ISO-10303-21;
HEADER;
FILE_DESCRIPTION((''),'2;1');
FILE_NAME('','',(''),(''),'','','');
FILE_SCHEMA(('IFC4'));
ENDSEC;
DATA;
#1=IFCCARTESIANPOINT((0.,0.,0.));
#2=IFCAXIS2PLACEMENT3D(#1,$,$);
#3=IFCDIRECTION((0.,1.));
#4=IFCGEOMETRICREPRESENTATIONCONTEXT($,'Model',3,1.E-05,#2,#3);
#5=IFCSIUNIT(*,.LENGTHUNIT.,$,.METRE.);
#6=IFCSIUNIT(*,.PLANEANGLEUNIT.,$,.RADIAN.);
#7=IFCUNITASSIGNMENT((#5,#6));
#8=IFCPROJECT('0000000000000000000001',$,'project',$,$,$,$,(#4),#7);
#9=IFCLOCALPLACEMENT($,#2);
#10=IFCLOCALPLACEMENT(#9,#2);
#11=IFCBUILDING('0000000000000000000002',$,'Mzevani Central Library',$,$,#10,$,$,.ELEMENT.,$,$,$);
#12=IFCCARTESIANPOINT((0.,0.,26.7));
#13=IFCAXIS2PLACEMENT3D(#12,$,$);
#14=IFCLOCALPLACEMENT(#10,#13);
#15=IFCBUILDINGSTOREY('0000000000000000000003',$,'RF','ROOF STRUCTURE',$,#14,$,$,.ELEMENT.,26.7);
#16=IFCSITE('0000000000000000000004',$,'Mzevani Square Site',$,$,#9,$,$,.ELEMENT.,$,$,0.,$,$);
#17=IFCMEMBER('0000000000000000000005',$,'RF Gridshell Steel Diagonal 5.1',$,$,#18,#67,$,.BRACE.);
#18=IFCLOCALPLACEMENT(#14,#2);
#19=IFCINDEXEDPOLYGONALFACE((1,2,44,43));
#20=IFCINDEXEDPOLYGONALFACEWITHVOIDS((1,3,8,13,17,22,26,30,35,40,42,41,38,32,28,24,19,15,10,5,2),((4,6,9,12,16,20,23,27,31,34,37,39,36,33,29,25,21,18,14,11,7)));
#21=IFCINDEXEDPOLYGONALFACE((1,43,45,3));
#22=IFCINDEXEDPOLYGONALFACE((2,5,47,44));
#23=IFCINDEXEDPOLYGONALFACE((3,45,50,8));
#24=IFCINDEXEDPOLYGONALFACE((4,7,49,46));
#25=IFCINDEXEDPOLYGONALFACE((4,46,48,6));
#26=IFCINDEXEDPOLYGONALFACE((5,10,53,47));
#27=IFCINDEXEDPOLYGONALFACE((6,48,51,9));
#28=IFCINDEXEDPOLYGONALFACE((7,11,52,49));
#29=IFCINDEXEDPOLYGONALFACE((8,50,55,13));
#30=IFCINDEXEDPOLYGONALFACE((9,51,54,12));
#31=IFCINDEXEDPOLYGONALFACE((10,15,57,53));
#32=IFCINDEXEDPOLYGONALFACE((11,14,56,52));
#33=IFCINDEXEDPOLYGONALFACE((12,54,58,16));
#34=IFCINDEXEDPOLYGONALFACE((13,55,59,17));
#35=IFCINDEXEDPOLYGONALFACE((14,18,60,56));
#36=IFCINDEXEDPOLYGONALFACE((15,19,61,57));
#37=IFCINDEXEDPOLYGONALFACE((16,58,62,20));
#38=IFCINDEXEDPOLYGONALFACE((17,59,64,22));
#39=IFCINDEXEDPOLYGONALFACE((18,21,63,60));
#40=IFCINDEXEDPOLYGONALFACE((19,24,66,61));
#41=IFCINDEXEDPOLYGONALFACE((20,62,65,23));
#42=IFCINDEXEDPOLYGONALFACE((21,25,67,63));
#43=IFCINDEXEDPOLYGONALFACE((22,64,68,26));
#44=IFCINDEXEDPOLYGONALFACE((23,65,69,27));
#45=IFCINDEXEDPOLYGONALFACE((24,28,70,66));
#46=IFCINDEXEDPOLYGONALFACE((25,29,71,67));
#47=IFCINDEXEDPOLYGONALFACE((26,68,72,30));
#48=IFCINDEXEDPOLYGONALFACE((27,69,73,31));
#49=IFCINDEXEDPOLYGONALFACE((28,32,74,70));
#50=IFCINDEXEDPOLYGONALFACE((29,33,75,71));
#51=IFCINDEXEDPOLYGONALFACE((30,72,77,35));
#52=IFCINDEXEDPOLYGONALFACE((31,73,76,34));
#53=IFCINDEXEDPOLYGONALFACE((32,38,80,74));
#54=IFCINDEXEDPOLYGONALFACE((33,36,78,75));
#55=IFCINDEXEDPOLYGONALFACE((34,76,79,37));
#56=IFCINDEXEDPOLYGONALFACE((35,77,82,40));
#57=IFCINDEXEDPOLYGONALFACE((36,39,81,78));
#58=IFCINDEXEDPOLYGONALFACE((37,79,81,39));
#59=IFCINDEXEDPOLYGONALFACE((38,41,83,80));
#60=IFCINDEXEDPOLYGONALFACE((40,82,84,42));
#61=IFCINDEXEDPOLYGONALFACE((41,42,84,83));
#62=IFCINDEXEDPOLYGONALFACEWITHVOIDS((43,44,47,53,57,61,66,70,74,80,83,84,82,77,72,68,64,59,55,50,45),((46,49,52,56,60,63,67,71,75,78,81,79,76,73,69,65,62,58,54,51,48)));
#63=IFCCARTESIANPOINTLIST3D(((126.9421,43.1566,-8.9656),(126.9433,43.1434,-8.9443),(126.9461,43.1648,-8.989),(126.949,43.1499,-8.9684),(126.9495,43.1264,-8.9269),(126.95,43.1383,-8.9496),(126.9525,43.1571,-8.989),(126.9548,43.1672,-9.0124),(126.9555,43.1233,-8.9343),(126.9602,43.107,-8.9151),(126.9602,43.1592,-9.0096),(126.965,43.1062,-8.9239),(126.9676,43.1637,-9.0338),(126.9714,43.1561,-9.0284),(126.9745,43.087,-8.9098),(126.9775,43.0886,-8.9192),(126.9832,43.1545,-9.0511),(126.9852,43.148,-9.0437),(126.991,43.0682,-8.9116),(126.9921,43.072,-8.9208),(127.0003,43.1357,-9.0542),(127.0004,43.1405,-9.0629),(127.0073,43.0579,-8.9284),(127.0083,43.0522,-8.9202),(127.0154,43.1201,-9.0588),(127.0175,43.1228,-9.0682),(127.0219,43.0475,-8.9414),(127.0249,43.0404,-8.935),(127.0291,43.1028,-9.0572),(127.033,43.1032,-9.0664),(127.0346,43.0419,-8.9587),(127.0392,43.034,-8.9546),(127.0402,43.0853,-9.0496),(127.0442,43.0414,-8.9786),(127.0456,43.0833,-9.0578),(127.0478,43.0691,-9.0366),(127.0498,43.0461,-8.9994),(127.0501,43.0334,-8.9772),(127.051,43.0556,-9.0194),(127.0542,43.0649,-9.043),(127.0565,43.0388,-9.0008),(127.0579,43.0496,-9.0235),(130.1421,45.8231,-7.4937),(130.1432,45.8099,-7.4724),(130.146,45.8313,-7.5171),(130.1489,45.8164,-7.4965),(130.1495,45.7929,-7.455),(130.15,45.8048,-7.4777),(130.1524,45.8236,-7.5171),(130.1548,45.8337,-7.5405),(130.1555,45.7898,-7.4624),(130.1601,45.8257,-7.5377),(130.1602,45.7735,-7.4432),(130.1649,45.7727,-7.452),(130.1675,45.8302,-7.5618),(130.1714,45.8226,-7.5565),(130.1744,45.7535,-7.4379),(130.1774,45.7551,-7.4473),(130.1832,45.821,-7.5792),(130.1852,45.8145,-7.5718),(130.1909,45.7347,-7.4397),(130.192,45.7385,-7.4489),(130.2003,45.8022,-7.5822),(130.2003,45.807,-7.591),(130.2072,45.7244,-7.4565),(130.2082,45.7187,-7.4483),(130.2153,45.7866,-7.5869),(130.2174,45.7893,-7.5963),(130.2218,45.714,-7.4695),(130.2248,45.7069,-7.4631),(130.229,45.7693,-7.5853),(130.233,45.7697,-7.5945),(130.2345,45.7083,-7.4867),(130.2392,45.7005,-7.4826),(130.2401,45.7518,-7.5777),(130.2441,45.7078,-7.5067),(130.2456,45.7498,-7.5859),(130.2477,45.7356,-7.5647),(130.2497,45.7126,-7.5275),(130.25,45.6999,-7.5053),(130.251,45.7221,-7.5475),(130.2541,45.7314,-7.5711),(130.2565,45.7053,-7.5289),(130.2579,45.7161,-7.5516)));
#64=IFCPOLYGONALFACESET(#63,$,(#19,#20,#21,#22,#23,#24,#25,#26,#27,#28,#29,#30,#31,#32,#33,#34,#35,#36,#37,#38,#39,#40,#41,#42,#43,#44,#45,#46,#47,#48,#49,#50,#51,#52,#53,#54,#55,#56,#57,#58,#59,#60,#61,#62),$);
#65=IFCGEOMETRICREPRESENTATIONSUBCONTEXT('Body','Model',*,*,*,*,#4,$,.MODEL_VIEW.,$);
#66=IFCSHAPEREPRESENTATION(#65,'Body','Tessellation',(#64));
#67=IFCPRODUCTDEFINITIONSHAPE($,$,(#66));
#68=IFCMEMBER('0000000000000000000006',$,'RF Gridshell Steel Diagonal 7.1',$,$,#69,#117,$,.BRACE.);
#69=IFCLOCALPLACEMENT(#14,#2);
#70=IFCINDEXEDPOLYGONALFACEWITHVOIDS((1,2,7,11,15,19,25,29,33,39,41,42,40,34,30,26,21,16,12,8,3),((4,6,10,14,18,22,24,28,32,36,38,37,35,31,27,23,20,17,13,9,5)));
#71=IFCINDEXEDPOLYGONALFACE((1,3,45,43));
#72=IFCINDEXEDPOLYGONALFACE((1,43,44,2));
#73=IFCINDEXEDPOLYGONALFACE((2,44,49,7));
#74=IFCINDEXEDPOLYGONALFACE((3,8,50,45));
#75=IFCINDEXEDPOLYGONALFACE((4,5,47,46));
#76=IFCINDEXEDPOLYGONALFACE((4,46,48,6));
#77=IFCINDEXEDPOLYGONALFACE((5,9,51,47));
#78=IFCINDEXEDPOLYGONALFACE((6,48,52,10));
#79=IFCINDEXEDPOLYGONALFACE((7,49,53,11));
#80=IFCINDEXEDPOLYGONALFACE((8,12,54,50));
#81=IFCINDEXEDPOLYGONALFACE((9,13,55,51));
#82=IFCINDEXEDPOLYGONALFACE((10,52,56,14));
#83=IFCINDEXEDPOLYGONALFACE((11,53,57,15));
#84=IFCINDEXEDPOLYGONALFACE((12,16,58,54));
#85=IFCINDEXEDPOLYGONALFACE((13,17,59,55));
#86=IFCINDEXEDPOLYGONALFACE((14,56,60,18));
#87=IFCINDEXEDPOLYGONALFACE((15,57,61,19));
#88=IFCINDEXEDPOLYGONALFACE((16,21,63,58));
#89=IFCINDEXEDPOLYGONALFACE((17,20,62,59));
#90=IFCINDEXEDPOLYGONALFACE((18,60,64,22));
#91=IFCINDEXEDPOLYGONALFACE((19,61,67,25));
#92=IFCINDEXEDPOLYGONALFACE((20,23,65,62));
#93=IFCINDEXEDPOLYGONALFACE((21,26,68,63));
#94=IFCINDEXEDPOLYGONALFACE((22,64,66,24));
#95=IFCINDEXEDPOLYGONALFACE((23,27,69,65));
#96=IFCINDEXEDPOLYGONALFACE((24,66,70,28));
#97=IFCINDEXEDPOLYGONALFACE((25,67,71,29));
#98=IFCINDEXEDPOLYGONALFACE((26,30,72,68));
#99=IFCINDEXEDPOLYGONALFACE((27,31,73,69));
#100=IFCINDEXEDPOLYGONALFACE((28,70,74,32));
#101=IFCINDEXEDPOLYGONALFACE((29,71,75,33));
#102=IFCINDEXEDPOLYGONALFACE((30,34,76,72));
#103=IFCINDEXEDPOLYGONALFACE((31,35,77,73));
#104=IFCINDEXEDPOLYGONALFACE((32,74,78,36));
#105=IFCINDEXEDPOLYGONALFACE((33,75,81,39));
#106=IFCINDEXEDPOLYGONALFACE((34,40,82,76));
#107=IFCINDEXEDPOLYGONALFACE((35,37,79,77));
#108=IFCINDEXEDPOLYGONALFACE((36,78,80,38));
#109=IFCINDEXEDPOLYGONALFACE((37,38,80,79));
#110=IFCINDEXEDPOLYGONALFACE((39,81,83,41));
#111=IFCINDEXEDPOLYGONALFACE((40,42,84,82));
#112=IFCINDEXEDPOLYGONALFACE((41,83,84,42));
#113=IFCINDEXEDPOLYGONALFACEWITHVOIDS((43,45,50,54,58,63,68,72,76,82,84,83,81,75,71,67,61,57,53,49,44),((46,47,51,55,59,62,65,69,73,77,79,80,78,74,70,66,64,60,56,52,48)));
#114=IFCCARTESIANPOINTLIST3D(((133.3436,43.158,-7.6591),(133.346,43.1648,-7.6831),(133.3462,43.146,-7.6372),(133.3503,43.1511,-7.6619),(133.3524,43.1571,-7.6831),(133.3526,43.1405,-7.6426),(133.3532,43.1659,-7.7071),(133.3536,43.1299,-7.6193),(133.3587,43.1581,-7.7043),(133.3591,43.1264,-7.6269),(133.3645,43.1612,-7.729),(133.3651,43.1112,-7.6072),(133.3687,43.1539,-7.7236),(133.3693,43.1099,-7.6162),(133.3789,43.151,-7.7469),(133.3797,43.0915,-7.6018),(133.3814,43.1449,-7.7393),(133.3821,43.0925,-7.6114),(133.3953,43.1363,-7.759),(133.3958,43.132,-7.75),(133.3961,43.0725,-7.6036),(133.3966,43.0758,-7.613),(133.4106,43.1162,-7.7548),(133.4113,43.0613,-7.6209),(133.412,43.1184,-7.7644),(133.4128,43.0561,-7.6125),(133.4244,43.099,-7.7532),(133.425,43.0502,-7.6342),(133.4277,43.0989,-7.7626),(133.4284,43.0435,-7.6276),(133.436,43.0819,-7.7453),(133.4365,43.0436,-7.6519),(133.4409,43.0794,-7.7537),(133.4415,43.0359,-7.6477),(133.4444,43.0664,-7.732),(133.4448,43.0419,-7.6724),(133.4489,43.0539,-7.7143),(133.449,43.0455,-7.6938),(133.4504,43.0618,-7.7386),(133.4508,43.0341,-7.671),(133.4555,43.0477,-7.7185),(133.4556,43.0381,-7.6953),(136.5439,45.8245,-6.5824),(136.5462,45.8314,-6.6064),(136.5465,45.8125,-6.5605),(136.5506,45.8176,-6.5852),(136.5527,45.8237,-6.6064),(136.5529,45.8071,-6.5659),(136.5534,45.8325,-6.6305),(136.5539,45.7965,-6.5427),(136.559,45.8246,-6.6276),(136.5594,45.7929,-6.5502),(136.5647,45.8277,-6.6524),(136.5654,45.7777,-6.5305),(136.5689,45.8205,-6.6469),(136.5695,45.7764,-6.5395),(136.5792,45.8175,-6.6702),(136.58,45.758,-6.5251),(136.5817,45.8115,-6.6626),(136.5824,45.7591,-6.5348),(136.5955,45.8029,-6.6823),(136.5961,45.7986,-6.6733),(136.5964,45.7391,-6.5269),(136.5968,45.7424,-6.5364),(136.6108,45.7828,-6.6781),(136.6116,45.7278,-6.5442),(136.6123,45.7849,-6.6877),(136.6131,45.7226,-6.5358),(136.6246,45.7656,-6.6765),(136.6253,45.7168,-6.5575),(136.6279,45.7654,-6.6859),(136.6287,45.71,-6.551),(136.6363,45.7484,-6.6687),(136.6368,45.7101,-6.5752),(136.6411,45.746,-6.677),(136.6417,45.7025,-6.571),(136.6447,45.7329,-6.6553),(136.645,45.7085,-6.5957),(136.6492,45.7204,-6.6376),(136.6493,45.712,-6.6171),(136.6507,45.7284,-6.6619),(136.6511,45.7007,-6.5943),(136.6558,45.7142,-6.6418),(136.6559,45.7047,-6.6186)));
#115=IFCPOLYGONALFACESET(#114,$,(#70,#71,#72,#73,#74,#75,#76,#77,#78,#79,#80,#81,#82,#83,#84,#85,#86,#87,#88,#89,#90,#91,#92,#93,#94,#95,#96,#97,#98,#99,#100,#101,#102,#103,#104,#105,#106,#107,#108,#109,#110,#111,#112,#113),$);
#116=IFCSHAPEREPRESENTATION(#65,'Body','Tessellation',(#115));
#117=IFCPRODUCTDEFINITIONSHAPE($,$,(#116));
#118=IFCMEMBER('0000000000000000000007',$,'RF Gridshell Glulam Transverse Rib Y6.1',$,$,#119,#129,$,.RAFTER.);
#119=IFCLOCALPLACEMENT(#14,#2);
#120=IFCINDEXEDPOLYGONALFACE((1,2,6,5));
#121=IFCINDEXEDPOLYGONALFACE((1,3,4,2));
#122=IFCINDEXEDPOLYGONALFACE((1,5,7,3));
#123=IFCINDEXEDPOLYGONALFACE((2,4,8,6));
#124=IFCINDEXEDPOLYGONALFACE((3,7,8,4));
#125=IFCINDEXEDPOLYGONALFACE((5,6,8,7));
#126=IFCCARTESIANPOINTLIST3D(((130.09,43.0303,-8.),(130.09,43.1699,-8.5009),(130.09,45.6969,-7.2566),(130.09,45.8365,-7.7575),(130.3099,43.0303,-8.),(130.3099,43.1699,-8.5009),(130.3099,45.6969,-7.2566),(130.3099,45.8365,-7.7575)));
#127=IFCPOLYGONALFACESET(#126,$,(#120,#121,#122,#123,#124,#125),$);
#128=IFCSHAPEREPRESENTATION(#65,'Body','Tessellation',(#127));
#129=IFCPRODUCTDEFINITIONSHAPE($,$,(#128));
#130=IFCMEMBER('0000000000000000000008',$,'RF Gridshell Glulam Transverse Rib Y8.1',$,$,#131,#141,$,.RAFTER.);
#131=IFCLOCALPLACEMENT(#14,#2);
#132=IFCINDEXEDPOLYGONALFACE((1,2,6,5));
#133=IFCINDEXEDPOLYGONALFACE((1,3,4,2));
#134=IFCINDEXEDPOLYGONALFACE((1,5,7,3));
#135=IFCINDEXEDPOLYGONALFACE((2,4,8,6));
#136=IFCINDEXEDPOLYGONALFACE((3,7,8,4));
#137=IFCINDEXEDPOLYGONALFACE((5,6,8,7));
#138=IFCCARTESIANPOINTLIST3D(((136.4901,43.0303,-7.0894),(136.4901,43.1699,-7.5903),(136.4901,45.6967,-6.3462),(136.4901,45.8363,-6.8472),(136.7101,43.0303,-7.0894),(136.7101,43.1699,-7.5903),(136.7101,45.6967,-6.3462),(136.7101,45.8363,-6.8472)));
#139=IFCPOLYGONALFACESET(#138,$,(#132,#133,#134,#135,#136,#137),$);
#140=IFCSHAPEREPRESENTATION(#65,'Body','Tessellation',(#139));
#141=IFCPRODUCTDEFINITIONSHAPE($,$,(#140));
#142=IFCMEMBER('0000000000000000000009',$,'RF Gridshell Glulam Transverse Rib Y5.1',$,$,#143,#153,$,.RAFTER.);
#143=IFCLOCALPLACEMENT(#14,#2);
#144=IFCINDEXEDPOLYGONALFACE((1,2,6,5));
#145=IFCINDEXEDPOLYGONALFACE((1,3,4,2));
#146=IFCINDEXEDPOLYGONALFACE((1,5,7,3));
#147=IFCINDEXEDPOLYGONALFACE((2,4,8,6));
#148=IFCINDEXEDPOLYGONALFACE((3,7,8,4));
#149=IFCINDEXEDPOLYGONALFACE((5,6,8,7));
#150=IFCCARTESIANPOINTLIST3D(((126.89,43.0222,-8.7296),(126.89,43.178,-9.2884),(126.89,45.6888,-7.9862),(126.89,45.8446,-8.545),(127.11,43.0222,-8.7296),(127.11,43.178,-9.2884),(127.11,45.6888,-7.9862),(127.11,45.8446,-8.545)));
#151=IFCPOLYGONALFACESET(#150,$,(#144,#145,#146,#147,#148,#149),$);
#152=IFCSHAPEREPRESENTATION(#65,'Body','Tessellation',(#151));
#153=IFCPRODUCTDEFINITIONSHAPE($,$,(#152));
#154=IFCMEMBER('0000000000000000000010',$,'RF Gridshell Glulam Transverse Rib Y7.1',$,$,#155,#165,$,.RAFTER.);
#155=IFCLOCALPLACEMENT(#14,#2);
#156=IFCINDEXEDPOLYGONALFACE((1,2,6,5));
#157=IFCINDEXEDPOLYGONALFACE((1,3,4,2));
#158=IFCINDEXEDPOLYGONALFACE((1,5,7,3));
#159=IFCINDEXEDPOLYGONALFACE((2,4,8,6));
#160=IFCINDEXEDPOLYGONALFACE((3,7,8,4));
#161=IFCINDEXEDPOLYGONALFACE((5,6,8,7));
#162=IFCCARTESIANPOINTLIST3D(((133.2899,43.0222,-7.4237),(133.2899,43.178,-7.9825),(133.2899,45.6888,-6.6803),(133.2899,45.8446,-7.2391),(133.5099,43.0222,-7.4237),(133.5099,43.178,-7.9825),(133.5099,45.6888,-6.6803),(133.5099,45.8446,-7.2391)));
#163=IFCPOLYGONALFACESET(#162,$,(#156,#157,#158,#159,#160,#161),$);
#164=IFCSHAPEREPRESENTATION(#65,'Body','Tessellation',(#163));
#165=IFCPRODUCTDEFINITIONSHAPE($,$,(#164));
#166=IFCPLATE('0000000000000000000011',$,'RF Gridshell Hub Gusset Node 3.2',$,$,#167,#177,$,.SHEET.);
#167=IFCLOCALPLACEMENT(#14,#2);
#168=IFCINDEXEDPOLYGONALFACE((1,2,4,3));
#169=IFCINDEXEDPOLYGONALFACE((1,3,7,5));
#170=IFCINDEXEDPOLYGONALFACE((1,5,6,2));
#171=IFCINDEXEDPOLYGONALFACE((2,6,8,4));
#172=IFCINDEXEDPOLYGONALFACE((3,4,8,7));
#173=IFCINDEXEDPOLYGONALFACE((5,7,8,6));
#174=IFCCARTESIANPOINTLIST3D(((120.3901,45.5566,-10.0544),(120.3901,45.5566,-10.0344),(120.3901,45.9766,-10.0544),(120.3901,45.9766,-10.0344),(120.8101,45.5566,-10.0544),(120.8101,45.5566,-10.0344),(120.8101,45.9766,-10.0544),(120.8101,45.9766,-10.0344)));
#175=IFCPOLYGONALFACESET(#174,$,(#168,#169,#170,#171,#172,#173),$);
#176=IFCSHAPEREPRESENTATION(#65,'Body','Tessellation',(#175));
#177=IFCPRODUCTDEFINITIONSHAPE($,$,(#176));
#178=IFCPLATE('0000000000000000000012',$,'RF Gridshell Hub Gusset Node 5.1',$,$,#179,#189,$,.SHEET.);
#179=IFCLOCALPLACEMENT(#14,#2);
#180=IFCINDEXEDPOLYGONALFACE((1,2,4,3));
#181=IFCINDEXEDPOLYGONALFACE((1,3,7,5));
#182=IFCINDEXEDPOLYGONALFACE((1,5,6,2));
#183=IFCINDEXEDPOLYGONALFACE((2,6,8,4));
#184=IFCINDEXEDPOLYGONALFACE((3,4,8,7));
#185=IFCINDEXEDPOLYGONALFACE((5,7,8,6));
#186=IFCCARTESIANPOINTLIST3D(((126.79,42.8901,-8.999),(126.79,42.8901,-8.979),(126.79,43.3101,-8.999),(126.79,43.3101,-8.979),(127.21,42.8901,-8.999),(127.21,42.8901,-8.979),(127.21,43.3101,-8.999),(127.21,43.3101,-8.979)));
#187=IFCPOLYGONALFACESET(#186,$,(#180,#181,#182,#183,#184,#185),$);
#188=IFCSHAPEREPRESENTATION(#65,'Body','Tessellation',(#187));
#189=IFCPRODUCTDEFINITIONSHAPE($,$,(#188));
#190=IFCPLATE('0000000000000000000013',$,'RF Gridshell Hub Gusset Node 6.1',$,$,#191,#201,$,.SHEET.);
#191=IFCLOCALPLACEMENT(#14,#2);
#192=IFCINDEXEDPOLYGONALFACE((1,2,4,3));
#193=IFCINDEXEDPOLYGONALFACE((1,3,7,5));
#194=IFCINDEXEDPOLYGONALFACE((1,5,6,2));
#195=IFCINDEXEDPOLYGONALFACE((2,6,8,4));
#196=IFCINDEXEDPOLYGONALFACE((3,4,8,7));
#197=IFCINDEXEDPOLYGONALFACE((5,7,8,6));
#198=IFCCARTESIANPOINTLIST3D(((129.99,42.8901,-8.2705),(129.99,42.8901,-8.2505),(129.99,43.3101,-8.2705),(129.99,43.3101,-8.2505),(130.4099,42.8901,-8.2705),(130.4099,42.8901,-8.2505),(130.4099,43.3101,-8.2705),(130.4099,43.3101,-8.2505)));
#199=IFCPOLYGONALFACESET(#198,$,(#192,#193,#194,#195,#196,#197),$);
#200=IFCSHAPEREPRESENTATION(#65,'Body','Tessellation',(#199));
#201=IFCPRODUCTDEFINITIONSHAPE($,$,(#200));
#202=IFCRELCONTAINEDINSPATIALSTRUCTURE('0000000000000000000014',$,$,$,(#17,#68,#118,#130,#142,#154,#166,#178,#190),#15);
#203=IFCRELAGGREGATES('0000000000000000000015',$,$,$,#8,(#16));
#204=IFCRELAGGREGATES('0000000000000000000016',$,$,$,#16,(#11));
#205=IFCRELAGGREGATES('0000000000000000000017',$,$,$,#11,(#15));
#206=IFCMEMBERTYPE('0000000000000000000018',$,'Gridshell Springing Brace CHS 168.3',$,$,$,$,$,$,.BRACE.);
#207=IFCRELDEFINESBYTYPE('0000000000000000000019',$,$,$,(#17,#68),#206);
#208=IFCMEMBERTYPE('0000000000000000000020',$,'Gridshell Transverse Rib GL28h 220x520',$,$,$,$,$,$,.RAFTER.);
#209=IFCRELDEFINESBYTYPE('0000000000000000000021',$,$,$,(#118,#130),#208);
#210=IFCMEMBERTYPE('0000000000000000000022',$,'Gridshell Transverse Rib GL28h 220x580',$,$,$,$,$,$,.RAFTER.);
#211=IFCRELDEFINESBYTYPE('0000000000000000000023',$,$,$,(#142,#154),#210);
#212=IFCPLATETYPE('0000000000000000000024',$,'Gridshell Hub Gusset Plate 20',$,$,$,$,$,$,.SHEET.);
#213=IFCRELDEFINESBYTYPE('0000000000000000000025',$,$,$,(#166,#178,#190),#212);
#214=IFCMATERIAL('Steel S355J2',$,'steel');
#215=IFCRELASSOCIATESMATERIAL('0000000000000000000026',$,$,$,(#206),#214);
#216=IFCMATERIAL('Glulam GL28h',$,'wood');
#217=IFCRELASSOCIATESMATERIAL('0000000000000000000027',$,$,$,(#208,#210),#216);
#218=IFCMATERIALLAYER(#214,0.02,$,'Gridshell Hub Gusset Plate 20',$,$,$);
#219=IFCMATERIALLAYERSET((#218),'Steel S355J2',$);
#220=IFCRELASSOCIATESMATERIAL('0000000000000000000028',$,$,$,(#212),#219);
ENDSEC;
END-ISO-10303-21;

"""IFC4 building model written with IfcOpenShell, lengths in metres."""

from ifc_helpers import new_model, si_unit, direction, frame, origin, origin_2d, place, context, subcontext, project, spatial, rectangle, hollow_circle, extrude, material, layer, layer_set, material_profile, profile_set, type_object, element, save


model = new_model("IFC4")

# Units and contexts
model_context = context("Model", 3, precision=1e-05, world=origin(), true_north=direction((0.0, 1.0)))
body_context = subcontext(model_context, "Body", "Model", "MODEL_VIEW")
ifc_project = project(units=[si_unit("LENGTHUNIT", "METRE"), si_unit("PLANEANGLEUNIT", "RADIAN")], contexts=[model_context])

# Site, building, storey
site_placement = place(None, origin())
site = spatial("IfcSite", under=ifc_project, at=site_placement, Name="Mzevani Square Site", CompositionType="ELEMENT", RefElevation=0.0)
building_placement = place(site_placement, origin())
building = spatial("IfcBuilding", under=site, at=building_placement, Name="Mzevani Central Library", CompositionType="ELEMENT")
storey_placement = place(building_placement, frame((0.0, 0.0, 26.7)))
storey = spatial("IfcBuildingStorey", under=building, at=storey_placement, Name="RF", Description="ROOF STRUCTURE", CompositionType="ELEMENT", Elevation=26.7)

# Shared definitions
ifc_material_1 = material(Name="Steel S355J2", Category="steel")
ifc_material_2 = material(Name="Glulam GL28h", Category="wood")

# Members
ifc_material_profile_1 = material_profile(ifc_material_1, hollow_circle(Radius=0.0842, WallThickness=0.01, at=origin_2d()), Name="CHS 168.3x10.0")
ifc_profile_set_1 = profile_set([ifc_material_profile_1], Name="Steel S355J2")
member_type_1 = type_object("IfcMemberType", Name="Gridshell Springing Brace CHS 168.3", PredefinedType="BRACE", material=ifc_profile_set_1)
member_1_placement = place(storey_placement, frame((127.0, 43.1001, -8.989), z_axis=(0.72434, 0.603589, 0.333184), x_axis=(-0.640167, 0.768236, 0.0)))
element("IfcMember", 1, at=member_1_placement, inside=storey, type_object=member_type_1, Name="RF Gridshell Steel Diagonal 5.1", PredefinedType="BRACE", context=body_context, shape_type="SweptSolid", body=[
    extrude(hollow_circle(Radius=0.0842, WallThickness=0.01, at=origin_2d()), origin(), (0.0, 0.0, 1.0), 4.4177),
])
member_2_placement = place(storey_placement, frame((133.3999, 43.1001, -7.6831), z_axis=(0.743815, 0.619771, 0.250246), x_axis=(-0.640138, 0.76826, 0.0)))
element("IfcMember", 2, at=member_2_placement, inside=storey, type_object=member_type_1, Name="RF Gridshell Steel Diagonal 7.1", PredefinedType="BRACE", context=body_context, shape_type="SweptSolid", body=[
    extrude(hollow_circle(Radius=0.0842, WallThickness=0.01, at=origin_2d()), origin(), (0.0, 0.0, 1.0), 4.3025),
])
ifc_material_profile_2 = material_profile(ifc_material_2, rectangle(XDim=0.22, YDim=0.52, at=origin_2d()), Name="GL28h 220x520")
ifc_profile_set_2 = profile_set([ifc_material_profile_2], Name="Glulam GL28h")
member_type_2 = type_object("IfcMemberType", Name="Gridshell Transverse Rib GL28h 220x520", PredefinedType="RAFTER", material=ifc_profile_set_2)
member_3_placement = place(storey_placement, frame((130.2, 43.1001, -8.2505), z_axis=(0.0, 0.963265, 0.268553), x_axis=(-1.0, 0.0, 0.0)))
element("IfcMember", 3, at=member_3_placement, inside=storey, type_object=member_type_2, Name="RF Gridshell Glulam Transverse Rib Y6.1", PredefinedType="RAFTER", context=body_context, shape_type="SweptSolid", body=[
    extrude(rectangle(XDim=0.22, YDim=0.52, at=origin_2d()), origin(), (0.0, 0.0, 1.0), 2.7683),
])
member_4_placement = place(storey_placement, frame((136.6001, 43.1001, -7.3398), z_axis=(0.0, 0.963288, 0.268472), x_axis=(-1.0, 0.0, 0.0)))
element("IfcMember", 4, at=member_4_placement, inside=storey, type_object=member_type_2, Name="RF Gridshell Glulam Transverse Rib Y8.1", PredefinedType="RAFTER", context=body_context, shape_type="SweptSolid", body=[
    extrude(rectangle(XDim=0.22, YDim=0.52, at=origin_2d()), origin(), (0.0, 0.0, 1.0), 2.7681),
])
ifc_material_profile_3 = material_profile(ifc_material_2, rectangle(XDim=0.22, YDim=0.5801, at=origin_2d()), Name="GL28h 220x580")
ifc_profile_set_3 = profile_set([ifc_material_profile_3], Name="Glulam GL28h")
member_type_3 = type_object("IfcMemberType", Name="Gridshell Transverse Rib GL28h 220x580", PredefinedType="RAFTER", material=ifc_profile_set_3)
for number, where, z_axis, x_axis, name in (
    (5, (127.0, 43.1001, -9.009), (0.0, 0.963265, 0.268553), (-1.0, 0.0, 0.0), "RF Gridshell Glulam Transverse Rib Y5.1"),
    (6, (133.3999, 43.1001, -7.7031), (0.0, 0.963265, 0.268553), (-1.0, 0.0, 0.0), "RF Gridshell Glulam Transverse Rib Y7.1"),
):
    element("IfcMember", number, at=place(storey_placement, frame(where, z_axis=z_axis, x_axis=x_axis)), inside=storey, type_object=member_type_3, Name=name, PredefinedType="RAFTER", context=body_context, shape_type="SweptSolid", body=[
        extrude(rectangle(XDim=0.22, YDim=0.5801, at=origin_2d()), origin(), (0.0, 0.0, 1.0), 2.7683),
    ])

# Plates
ifc_layer_1 = layer(ifc_material_1, 0.02, Name="Gridshell Hub Gusset Plate 20")
ifc_layer_set_1 = layer_set([ifc_layer_1], Name="Steel S355J2")
plate_type = type_object("IfcPlateType", Name="Gridshell Hub Gusset Plate 20", PredefinedType="SHEET", material=ifc_layer_set_1)
for number, where, z_axis, x_axis, name in (
    (7, (120.6001, 45.7666, -10.0544), (0.0, 0.0, 1.0), (1.0, 0.0, 0.0), "RF Gridshell Hub Gusset Node 3.2"),
    (8, (127.0, 43.1001, -8.999), (0.0, 0.0, 1.0), (1.0, 0.0, 0.0), "RF Gridshell Hub Gusset Node 5.1"),
    (9, (130.2, 43.1001, -8.2705), (0.0, 0.0, 1.0), (1.0, 0.0, 0.0), "RF Gridshell Hub Gusset Node 6.1"),
):
    element("IfcPlate", number, at=place(storey_placement, frame(where, z_axis=z_axis, x_axis=x_axis)), inside=storey, type_object=plate_type, Name=name, PredefinedType="SHEET", context=body_context, shape_type="SweptSolid", body=[
        extrude(rectangle(XDim=0.4199, YDim=0.4199, at=origin_2d()), origin(), (0.0, 0.0, 1.0), 0.02),
    ])

save(model, "model.ifc")
